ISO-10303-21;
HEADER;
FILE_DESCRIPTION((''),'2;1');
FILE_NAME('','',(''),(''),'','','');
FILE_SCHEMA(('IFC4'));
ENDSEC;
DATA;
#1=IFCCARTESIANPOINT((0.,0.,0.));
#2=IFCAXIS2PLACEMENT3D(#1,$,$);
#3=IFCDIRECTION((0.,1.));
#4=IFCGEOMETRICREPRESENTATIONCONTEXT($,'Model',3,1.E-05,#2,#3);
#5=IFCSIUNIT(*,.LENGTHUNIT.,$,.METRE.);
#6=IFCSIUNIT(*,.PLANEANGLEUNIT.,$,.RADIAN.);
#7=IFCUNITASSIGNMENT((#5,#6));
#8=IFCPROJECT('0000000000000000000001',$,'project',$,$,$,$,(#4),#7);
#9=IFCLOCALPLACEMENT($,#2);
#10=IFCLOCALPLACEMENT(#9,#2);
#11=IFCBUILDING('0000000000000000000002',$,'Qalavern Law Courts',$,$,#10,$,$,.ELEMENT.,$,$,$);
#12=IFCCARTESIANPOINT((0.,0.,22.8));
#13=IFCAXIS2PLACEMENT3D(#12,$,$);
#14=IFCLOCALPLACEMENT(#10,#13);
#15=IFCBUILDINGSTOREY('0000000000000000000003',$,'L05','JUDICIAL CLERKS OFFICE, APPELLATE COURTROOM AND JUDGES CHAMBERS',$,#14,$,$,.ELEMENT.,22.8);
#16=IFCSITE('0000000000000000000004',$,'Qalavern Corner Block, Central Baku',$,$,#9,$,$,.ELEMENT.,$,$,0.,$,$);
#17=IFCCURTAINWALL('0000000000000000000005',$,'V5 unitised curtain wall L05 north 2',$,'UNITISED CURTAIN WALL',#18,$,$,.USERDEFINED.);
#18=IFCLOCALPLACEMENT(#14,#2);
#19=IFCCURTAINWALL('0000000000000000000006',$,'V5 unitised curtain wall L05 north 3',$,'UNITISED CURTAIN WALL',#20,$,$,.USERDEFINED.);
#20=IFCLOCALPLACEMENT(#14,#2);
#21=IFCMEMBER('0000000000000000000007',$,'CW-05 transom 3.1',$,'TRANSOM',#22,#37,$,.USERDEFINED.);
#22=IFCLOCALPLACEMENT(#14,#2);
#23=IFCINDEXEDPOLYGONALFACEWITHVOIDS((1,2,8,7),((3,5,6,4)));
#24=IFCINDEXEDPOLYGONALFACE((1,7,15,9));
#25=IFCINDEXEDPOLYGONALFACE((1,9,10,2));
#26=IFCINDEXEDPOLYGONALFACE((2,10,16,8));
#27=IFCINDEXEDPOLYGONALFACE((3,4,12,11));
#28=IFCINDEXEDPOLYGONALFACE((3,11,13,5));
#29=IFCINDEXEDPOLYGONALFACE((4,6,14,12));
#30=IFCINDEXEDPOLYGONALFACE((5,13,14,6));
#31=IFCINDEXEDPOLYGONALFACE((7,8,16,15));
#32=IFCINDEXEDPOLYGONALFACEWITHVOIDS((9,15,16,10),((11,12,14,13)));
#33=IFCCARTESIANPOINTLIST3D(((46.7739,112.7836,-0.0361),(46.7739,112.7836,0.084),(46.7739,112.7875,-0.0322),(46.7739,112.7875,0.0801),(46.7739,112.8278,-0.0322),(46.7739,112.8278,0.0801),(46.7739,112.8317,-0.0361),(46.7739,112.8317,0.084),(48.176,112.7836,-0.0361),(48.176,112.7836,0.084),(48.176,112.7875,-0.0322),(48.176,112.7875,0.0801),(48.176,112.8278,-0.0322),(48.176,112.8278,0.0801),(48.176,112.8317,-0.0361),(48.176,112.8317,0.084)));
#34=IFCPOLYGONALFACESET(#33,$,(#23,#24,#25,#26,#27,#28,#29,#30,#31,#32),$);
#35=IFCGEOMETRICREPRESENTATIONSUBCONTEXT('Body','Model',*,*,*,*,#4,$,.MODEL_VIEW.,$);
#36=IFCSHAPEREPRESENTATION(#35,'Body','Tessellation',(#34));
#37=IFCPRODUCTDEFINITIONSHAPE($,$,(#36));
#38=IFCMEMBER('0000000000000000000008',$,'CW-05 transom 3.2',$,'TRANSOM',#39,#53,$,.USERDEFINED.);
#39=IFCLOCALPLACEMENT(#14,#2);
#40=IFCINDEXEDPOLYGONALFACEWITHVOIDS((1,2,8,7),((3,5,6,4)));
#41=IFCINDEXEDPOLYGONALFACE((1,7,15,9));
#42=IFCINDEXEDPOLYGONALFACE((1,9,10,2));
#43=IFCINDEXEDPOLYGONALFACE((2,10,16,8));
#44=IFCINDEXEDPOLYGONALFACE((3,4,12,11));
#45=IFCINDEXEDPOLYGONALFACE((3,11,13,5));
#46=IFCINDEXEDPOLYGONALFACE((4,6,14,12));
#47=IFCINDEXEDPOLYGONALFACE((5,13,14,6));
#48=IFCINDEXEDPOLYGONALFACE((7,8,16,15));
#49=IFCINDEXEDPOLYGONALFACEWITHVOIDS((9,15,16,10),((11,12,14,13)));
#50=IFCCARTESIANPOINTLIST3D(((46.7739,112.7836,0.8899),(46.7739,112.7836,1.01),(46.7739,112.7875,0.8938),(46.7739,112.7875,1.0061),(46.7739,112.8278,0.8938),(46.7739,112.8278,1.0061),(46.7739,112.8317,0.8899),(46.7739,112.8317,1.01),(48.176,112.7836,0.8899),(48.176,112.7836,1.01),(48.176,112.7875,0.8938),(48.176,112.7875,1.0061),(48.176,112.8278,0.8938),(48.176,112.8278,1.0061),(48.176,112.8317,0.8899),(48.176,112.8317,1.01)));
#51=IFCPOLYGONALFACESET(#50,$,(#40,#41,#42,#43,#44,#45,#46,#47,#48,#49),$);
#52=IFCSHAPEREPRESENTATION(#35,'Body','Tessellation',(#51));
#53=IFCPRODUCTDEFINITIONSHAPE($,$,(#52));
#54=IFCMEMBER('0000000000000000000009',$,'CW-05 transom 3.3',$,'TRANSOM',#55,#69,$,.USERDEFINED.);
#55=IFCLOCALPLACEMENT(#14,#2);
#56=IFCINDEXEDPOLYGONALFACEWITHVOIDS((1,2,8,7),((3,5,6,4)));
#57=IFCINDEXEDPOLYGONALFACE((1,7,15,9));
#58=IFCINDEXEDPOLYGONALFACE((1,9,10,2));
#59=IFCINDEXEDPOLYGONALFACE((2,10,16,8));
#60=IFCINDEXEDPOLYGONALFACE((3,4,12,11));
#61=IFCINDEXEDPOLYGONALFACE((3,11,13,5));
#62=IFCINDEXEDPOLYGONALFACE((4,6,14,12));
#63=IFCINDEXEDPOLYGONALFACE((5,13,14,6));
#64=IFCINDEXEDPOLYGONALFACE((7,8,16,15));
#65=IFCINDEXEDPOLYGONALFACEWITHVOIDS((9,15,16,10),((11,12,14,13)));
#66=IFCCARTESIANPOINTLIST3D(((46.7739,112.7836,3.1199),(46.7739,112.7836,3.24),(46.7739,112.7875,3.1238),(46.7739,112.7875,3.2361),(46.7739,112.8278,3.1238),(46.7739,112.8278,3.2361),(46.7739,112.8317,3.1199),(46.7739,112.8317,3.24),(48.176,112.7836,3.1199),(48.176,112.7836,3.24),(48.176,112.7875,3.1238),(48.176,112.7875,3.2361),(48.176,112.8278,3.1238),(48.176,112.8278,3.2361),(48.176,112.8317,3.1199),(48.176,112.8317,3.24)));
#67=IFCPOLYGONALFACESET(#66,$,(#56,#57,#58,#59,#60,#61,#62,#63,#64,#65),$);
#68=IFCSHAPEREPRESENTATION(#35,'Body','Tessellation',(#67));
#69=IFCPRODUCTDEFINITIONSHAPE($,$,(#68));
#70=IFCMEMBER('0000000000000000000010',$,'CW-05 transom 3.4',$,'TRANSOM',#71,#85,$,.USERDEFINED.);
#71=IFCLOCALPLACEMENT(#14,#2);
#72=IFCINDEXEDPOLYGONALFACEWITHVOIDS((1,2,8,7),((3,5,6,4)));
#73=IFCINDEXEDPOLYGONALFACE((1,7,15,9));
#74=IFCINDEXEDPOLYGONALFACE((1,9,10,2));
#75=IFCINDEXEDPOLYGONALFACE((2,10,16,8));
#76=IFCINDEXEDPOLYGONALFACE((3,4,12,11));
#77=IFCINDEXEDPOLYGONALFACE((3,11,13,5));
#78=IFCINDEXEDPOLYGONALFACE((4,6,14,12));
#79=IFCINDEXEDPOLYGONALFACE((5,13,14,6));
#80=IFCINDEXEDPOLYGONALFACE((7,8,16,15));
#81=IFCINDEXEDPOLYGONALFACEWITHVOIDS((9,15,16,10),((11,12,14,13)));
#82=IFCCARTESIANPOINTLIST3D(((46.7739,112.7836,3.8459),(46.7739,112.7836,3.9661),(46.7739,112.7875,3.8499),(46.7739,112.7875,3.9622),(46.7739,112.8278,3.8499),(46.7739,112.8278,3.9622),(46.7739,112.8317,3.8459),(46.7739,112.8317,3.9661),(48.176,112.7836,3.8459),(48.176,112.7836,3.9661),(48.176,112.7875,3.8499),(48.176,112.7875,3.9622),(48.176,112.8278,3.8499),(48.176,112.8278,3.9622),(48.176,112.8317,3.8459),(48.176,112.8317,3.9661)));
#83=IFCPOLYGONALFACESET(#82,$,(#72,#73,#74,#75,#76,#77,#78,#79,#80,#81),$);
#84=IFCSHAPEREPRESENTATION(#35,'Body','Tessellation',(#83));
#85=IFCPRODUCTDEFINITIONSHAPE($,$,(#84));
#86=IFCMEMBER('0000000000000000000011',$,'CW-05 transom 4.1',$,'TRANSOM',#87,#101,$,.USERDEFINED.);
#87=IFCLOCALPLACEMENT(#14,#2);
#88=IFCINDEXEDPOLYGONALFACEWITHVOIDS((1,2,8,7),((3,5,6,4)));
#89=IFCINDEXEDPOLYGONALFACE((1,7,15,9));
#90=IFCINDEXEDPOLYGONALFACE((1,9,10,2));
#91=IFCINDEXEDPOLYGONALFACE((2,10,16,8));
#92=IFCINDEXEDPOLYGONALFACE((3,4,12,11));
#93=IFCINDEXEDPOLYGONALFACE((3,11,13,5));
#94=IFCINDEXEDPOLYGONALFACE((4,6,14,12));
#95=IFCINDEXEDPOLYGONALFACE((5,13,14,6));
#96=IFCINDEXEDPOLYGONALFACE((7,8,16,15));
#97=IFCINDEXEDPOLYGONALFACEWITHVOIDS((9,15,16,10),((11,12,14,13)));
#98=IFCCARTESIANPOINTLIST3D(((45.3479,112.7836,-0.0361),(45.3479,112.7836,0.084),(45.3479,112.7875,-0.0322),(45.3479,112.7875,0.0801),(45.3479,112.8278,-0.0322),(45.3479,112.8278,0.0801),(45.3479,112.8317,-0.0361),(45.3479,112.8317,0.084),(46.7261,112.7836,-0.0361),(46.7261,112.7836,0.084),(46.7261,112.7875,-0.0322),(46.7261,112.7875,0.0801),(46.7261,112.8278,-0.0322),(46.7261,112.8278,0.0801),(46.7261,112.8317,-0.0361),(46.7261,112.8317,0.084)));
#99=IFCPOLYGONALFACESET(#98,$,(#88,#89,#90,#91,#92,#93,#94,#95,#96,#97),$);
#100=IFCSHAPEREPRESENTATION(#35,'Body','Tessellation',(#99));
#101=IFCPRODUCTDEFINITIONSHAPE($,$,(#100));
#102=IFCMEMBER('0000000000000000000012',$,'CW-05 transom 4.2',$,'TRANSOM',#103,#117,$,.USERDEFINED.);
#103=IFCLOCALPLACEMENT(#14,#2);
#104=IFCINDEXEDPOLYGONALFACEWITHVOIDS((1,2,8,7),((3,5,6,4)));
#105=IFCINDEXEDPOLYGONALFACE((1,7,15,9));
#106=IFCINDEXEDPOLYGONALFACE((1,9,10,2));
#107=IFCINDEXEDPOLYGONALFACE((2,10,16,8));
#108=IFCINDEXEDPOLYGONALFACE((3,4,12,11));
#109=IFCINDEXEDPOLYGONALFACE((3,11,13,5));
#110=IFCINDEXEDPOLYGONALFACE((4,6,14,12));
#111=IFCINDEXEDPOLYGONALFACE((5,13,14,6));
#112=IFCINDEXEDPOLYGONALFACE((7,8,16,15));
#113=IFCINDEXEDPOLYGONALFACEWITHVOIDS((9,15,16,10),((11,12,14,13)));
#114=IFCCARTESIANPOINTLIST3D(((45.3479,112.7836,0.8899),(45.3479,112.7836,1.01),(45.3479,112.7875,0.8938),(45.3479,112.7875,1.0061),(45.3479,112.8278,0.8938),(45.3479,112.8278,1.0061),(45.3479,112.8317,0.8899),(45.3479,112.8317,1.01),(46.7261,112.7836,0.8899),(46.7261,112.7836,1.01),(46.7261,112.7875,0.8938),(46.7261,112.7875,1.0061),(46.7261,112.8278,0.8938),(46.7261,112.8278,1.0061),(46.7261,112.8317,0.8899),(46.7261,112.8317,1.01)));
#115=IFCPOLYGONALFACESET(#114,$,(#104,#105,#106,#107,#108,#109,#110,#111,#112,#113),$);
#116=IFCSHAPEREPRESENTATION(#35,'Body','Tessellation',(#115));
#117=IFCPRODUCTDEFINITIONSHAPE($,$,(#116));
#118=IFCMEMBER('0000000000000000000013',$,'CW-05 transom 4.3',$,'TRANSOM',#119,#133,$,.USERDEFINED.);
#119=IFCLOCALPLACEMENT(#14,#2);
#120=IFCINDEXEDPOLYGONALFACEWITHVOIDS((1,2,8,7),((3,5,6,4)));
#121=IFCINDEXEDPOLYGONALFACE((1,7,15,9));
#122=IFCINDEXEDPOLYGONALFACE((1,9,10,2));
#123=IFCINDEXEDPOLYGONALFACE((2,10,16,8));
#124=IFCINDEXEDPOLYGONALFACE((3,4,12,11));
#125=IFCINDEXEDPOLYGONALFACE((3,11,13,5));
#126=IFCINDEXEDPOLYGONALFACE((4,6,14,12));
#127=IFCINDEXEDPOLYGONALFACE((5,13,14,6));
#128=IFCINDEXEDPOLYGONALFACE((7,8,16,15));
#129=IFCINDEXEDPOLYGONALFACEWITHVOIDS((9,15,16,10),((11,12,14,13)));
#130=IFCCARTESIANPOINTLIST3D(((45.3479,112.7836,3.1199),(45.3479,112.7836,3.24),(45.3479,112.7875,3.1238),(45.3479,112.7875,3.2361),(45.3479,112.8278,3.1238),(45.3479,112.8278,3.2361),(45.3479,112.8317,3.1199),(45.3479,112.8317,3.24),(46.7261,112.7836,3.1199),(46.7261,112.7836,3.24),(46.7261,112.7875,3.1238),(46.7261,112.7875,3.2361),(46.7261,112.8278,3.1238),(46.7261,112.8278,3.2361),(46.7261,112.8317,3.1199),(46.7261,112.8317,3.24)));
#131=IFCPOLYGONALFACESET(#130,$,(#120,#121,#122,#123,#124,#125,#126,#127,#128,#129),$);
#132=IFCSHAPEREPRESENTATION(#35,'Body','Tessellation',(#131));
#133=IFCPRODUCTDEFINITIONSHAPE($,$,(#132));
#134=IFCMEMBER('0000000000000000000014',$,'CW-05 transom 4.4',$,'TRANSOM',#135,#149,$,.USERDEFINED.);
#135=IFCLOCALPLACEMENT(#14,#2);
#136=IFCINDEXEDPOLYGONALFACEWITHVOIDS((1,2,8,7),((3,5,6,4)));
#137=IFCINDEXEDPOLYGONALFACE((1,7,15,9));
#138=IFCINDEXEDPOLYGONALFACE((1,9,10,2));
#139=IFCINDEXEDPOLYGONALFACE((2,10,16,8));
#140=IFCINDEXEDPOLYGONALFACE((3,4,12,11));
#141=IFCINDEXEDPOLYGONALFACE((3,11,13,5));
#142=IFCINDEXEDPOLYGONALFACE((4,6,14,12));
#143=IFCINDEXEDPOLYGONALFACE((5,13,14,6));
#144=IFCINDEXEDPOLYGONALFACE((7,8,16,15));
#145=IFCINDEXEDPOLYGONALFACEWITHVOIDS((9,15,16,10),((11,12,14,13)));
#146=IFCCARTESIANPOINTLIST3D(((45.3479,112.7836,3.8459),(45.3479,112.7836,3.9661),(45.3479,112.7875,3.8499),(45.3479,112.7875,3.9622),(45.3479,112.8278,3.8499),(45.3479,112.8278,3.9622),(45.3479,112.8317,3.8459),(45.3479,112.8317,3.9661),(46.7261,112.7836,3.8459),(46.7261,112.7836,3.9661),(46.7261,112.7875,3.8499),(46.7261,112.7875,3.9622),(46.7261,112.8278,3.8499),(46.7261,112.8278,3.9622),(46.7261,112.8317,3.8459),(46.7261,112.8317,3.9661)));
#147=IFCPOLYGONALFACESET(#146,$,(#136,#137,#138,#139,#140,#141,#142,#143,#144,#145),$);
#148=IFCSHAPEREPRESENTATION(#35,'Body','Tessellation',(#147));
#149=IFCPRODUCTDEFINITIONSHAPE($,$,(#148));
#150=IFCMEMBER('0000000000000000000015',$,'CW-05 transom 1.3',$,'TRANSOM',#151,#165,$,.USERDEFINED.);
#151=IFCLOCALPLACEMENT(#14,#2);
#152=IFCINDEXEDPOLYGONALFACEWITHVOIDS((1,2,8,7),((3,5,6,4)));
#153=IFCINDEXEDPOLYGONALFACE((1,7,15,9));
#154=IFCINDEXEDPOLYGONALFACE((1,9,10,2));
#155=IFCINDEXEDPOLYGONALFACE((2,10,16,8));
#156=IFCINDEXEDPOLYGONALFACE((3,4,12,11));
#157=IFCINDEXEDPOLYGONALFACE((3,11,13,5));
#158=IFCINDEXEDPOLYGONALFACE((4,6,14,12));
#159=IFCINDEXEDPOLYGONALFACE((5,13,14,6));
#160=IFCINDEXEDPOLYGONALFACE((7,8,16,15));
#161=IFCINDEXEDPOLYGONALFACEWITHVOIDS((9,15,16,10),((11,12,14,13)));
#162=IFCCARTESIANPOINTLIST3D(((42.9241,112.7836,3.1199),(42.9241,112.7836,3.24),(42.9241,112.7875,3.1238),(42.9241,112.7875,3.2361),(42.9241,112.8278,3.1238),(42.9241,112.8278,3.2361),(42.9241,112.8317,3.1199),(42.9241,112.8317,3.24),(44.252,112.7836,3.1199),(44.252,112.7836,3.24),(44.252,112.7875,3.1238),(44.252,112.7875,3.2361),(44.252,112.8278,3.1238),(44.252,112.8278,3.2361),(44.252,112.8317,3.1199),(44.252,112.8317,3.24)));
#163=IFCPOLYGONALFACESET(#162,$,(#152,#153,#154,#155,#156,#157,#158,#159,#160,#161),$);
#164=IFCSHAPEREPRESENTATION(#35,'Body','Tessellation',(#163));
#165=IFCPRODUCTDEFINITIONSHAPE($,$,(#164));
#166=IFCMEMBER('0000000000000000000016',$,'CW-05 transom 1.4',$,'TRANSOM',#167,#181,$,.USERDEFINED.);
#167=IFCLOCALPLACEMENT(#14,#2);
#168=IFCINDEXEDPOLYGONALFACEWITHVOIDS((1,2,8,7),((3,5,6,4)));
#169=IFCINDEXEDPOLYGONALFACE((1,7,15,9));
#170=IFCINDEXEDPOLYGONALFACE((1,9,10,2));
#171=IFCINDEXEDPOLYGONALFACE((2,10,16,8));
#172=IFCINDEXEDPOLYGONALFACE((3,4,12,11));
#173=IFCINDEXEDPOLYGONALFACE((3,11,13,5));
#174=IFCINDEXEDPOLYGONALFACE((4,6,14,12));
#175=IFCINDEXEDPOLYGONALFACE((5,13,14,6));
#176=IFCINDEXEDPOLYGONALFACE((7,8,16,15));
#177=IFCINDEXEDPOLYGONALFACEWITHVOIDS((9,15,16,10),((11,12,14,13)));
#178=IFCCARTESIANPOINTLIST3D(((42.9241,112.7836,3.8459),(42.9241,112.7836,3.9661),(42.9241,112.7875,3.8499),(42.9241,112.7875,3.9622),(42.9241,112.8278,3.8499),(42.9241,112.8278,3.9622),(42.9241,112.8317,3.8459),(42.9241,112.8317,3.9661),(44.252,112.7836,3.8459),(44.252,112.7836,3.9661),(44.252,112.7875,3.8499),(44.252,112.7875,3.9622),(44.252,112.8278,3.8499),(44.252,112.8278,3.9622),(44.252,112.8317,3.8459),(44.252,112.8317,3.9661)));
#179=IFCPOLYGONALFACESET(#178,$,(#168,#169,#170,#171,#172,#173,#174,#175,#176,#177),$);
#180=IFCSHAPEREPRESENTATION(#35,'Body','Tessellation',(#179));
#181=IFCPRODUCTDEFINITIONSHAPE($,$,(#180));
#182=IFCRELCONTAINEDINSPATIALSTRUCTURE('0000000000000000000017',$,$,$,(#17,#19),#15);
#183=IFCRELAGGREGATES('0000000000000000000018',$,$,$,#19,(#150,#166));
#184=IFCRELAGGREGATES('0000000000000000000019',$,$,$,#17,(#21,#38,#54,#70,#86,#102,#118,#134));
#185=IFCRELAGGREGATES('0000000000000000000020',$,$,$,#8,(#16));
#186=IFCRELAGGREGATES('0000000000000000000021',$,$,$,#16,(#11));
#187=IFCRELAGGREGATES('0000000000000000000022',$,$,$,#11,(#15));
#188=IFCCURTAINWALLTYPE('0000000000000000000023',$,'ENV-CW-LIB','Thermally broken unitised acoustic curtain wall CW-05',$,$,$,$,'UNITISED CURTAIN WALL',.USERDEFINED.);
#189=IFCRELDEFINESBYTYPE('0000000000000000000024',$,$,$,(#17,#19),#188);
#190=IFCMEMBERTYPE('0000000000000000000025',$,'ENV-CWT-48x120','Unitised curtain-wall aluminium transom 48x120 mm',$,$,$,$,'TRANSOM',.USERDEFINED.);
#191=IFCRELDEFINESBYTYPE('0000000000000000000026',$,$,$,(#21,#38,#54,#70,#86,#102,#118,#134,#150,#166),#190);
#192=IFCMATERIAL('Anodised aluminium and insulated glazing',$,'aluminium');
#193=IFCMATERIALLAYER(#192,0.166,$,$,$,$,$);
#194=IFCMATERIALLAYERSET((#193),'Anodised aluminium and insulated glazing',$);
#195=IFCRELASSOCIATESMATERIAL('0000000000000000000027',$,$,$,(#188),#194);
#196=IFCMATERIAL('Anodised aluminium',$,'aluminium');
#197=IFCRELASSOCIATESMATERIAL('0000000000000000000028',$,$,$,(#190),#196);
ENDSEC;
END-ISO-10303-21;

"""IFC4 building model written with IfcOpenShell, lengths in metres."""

from ifc_helpers import new_model, si_unit, direction, frame, origin, origin_2d, place, context, subcontext, project, spatial, hollow_rectangle, extrude, material, layer, layer_set, material_profile, profile_set, type_object, element, aggregate, save


model = new_model("IFC4")

# Units and contexts
model_context = context("Model", 3, precision=1e-05, world=origin(), true_north=direction((0.0, 1.0)))
body_context = subcontext(model_context, "Body", "Model", "MODEL_VIEW")
ifc_project = project(units=[si_unit("LENGTHUNIT", "METRE"), si_unit("PLANEANGLEUNIT", "RADIAN")], contexts=[model_context])

# Site, building, storey
site_placement = place(None, origin())
site = spatial("IfcSite", under=ifc_project, at=site_placement, Name="Qalavern Corner Block, Central Baku", CompositionType="ELEMENT", RefElevation=0.0)
building_placement = place(site_placement, origin())
building = spatial("IfcBuilding", under=site, at=building_placement, Name="Qalavern Law Courts", CompositionType="ELEMENT")
storey_placement = place(building_placement, frame((0.0, 0.0, 22.8)))
storey = spatial("IfcBuildingStorey", under=building, at=storey_placement, Name="L05", Description="JUDICIAL CLERKS OFFICE, APPELLATE COURTROOM AND JUDGES CHAMBERS", CompositionType="ELEMENT", Elevation=22.8)

# Curtain wall
ifc_material_1 = material(Name="Anodised aluminium and insulated glazing", Category="aluminium")
ifc_layer_1 = layer(ifc_material_1, 0.166)
ifc_layer_set_1 = layer_set([ifc_layer_1], Name="Anodised aluminium and insulated glazing")
curtain_wall_type = type_object("IfcCurtainWallType", Name="ENV-CW-LIB", Description="Thermally broken unitised acoustic curtain wall CW-05", ElementType="UNITISED CURTAIN WALL", PredefinedType="USERDEFINED", material=ifc_layer_set_1)
curtain_wall_1_placement = place(storey_placement, origin())
curtain_wall_1 = element("IfcCurtainWall", 1, at=curtain_wall_1_placement, inside=storey, type_object=curtain_wall_type, Name="V5 unitised curtain wall L05 north 2", ObjectType="UNITISED CURTAIN WALL", PredefinedType="USERDEFINED")
ifc_material_2 = material(Name="Anodised aluminium", Category="aluminium")

# Curtain wall
curtain_wall_2_placement = place(storey_placement, origin())
curtain_wall_2 = element("IfcCurtainWall", 2, at=curtain_wall_2_placement, inside=storey, type_object=curtain_wall_type, Name="V5 unitised curtain wall L05 north 3", ObjectType="UNITISED CURTAIN WALL", PredefinedType="USERDEFINED")

# Members
ifc_material_profile_1 = material_profile(ifc_material_2, hollow_rectangle(XDim=0.0481, YDim=0.1201, WallThickness=0.0039, at=origin_2d()), Name="ALU TRANSOM 48x120")
ifc_profile_set_1 = profile_set([ifc_material_profile_1], Name="Anodised aluminium")
member_type_1 = type_object("IfcMemberType", Name="ENV-CWT-48x120", Description="Unitised curtain-wall aluminium transom 48x120 mm", ElementType="TRANSOM", PredefinedType="USERDEFINED", material=ifc_profile_set_1)
member_1_placement = place(storey_placement, frame((48.176, 112.8076, 0.0239), z_axis=(-1.0, 0.0, 0.0), x_axis=(0.0, -1.0, 0.0)))
member_1 = element("IfcMember", 3, at=member_1_placement, type_object=member_type_1, Name="CW-05 transom 3.1", ObjectType="TRANSOM", PredefinedType="USERDEFINED", context=body_context, shape_type="SweptSolid", body=[
    extrude(hollow_rectangle(XDim=0.0481, YDim=0.1201, WallThickness=0.0039, at=origin_2d()), origin(), (0.0, 0.0, 1.0), 1.4021),
])
member_2_placement = place(storey_placement, frame((48.176, 112.8076, 0.95), z_axis=(-1.0, 0.0, 0.0), x_axis=(0.0, -1.0, 0.0)))
member_2 = element("IfcMember", 4, at=member_2_placement, type_object=member_type_1, Name="CW-05 transom 3.2", ObjectType="TRANSOM", PredefinedType="USERDEFINED", context=body_context, shape_type="SweptSolid", body=[
    extrude(hollow_rectangle(XDim=0.0481, YDim=0.1201, WallThickness=0.0039, at=origin_2d()), origin(), (0.0, 0.0, 1.0), 1.4021),
])
member_3_placement = place(storey_placement, frame((48.176, 112.8076, 3.1799), z_axis=(-1.0, 0.0, 0.0), x_axis=(0.0, -1.0, 0.0)))
member_3 = element("IfcMember", 5, at=member_3_placement, type_object=member_type_1, Name="CW-05 transom 3.3", ObjectType="TRANSOM", PredefinedType="USERDEFINED", context=body_context, shape_type="SweptSolid", body=[
    extrude(hollow_rectangle(XDim=0.0481, YDim=0.1201, WallThickness=0.0039, at=origin_2d()), origin(), (0.0, 0.0, 1.0), 1.4021),
])
member_4_placement = place(storey_placement, frame((48.176, 112.8076, 3.906), z_axis=(-1.0, 0.0, 0.0), x_axis=(0.0, -1.0, 0.0)))
member_4 = element("IfcMember", 6, at=member_4_placement, type_object=member_type_1, Name="CW-05 transom 3.4", ObjectType="TRANSOM", PredefinedType="USERDEFINED", context=body_context, shape_type="SweptSolid", body=[
    extrude(hollow_rectangle(XDim=0.0481, YDim=0.1201, WallThickness=0.0039, at=origin_2d()), origin(), (0.0, 0.0, 1.0), 1.4021),
])
member_5_placement = place(storey_placement, frame((46.7261, 112.8076, 0.0239), z_axis=(-1.0, 0.0, 0.0), x_axis=(0.0, -1.0, 0.0)))
member_5 = element("IfcMember", 7, at=member_5_placement, type_object=member_type_1, Name="CW-05 transom 4.1", ObjectType="TRANSOM", PredefinedType="USERDEFINED", context=body_context, shape_type="SweptSolid", body=[
    extrude(hollow_rectangle(XDim=0.0481, YDim=0.1201, WallThickness=0.0039, at=origin_2d()), origin(), (0.0, 0.0, 1.0), 1.3782),
])
member_6_placement = place(storey_placement, frame((46.7261, 112.8076, 0.95), z_axis=(-1.0, 0.0, 0.0), x_axis=(0.0, -1.0, 0.0)))
member_6 = element("IfcMember", 8, at=member_6_placement, type_object=member_type_1, Name="CW-05 transom 4.2", ObjectType="TRANSOM", PredefinedType="USERDEFINED", context=body_context, shape_type="SweptSolid", body=[
    extrude(hollow_rectangle(XDim=0.0481, YDim=0.1201, WallThickness=0.0039, at=origin_2d()), origin(), (0.0, 0.0, 1.0), 1.3782),
])
member_7_placement = place(storey_placement, frame((46.7261, 112.8076, 3.1799), z_axis=(-1.0, 0.0, 0.0), x_axis=(0.0, -1.0, 0.0)))
member_7 = element("IfcMember", 9, at=member_7_placement, type_object=member_type_1, Name="CW-05 transom 4.3", ObjectType="TRANSOM", PredefinedType="USERDEFINED", context=body_context, shape_type="SweptSolid", body=[
    extrude(hollow_rectangle(XDim=0.0481, YDim=0.1201, WallThickness=0.0039, at=origin_2d()), origin(), (0.0, 0.0, 1.0), 1.3782),
])
member_8_placement = place(storey_placement, frame((46.7261, 112.8076, 3.906), z_axis=(-1.0, 0.0, 0.0), x_axis=(0.0, -1.0, 0.0)))
member_8 = element("IfcMember", 10, at=member_8_placement, type_object=member_type_1, Name="CW-05 transom 4.4", ObjectType="TRANSOM", PredefinedType="USERDEFINED", context=body_context, shape_type="SweptSolid", body=[
    extrude(hollow_rectangle(XDim=0.0481, YDim=0.1201, WallThickness=0.0039, at=origin_2d()), origin(), (0.0, 0.0, 1.0), 1.3782),
])
member_9_placement = place(storey_placement, frame((44.252, 112.8076, 3.1799), z_axis=(-1.0, 0.0, 0.0), x_axis=(0.0, -1.0, 0.0)))
member_9 = element("IfcMember", 11, at=member_9_placement, type_object=member_type_1, Name="CW-05 transom 1.3", ObjectType="TRANSOM", PredefinedType="USERDEFINED", context=body_context, shape_type="SweptSolid", body=[
    extrude(hollow_rectangle(XDim=0.0481, YDim=0.1201, WallThickness=0.0039, at=origin_2d()), origin(), (0.0, 0.0, 1.0), 1.3279),
])
member_10_placement = place(storey_placement, frame((44.252, 112.8076, 3.906), z_axis=(-1.0, 0.0, 0.0), x_axis=(0.0, -1.0, 0.0)))
member_10 = element("IfcMember", 12, at=member_10_placement, type_object=member_type_1, Name="CW-05 transom 1.4", ObjectType="TRANSOM", PredefinedType="USERDEFINED", context=body_context, shape_type="SweptSolid", body=[
    extrude(hollow_rectangle(XDim=0.0481, YDim=0.1201, WallThickness=0.0039, at=origin_2d()), origin(), (0.0, 0.0, 1.0), 1.3279),
])
aggregate(curtain_wall_2, [member_9, member_10])

aggregate(curtain_wall_1, [member_1, member_2, member_3, member_4, member_5, member_6, member_7, member_8])

save(model, "model.ifc")
